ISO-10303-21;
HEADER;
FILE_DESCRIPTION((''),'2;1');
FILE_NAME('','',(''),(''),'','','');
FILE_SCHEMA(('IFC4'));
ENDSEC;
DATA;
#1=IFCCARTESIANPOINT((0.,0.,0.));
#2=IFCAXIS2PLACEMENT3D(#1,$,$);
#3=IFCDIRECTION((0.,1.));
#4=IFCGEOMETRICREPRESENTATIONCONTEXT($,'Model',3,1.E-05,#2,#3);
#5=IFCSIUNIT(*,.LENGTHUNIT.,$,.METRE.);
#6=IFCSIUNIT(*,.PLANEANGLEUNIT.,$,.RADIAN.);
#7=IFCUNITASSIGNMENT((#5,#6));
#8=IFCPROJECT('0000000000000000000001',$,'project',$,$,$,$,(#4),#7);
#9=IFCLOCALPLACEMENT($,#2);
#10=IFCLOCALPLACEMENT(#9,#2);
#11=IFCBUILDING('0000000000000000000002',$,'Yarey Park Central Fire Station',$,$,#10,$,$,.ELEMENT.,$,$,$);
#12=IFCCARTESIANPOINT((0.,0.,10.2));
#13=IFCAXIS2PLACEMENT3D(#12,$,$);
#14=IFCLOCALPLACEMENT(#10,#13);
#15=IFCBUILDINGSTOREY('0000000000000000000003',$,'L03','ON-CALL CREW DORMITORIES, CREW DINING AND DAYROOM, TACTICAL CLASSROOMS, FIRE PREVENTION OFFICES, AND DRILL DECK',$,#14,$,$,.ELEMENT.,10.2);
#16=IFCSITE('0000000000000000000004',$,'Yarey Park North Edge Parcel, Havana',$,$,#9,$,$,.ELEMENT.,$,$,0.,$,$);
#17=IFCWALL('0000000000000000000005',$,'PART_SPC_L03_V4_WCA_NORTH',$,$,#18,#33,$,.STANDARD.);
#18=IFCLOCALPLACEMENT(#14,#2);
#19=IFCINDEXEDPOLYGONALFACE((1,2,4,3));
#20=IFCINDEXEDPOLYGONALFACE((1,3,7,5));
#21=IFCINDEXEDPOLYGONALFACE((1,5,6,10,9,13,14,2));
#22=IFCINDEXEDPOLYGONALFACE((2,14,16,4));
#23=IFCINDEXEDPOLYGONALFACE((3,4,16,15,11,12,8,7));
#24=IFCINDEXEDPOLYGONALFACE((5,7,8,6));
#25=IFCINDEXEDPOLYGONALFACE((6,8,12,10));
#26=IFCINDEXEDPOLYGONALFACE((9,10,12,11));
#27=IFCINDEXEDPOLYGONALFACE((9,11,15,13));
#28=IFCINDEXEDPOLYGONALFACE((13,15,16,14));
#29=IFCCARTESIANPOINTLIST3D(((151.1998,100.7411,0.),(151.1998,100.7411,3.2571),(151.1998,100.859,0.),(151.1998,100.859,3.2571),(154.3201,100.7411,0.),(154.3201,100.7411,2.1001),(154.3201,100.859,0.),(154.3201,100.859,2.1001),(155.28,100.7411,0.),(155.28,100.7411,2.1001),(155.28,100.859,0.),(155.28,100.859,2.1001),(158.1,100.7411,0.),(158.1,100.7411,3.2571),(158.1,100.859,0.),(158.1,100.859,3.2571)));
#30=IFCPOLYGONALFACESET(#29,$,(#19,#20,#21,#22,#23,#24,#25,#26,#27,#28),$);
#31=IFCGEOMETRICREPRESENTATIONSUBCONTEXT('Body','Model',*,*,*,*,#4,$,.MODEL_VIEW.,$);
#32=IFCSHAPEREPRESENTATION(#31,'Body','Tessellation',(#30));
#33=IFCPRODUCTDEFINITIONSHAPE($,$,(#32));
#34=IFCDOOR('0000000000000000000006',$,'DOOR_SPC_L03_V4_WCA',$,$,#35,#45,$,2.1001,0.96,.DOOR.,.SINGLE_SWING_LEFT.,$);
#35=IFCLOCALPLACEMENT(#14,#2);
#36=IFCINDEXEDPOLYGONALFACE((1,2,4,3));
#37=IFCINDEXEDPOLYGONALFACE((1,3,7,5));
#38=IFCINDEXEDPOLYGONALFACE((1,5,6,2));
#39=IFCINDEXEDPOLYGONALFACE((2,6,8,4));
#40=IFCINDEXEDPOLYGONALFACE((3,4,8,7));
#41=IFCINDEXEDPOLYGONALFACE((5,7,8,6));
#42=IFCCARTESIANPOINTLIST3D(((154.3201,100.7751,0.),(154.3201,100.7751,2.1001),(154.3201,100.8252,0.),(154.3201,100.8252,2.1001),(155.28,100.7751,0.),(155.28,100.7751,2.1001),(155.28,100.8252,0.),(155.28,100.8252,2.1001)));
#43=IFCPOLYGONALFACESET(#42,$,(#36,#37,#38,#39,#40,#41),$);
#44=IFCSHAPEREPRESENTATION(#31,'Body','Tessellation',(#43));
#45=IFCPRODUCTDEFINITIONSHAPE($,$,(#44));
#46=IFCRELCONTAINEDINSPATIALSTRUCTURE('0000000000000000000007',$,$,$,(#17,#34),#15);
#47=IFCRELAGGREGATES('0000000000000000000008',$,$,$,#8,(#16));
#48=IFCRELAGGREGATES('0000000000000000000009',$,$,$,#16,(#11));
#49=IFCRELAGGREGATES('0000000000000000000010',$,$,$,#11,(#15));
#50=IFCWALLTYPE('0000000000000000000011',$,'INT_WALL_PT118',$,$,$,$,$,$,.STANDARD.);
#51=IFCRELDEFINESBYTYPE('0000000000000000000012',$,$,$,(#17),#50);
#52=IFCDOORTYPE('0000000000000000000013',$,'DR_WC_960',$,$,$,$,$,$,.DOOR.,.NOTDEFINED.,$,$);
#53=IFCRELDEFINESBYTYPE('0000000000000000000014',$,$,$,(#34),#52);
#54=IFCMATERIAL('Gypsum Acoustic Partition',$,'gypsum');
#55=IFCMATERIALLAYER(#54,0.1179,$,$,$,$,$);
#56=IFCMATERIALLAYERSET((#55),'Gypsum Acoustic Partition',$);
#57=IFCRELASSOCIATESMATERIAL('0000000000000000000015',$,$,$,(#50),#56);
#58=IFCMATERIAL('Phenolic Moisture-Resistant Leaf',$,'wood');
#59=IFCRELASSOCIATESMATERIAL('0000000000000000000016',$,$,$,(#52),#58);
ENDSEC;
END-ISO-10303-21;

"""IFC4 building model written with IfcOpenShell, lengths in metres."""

from ifc_helpers import new_model, si_unit, direction, frame, frame_2d, origin, place, context, subcontext, project, spatial, rectangle, extrude, material, layer, layer_set, type_object, element, fill, save


model = new_model("IFC4")

# Units and contexts
model_context = context("Model", 3, precision=1e-05, world=origin(), true_north=direction((0.0, 1.0)))
body_context = subcontext(model_context, "Body", "Model", "MODEL_VIEW")
ifc_project = project(units=[si_unit("LENGTHUNIT", "METRE"), si_unit("PLANEANGLEUNIT", "RADIAN")], contexts=[model_context])

# Site, building, storey
site_placement = place(None, origin())
site = spatial("IfcSite", under=ifc_project, at=site_placement, Name="Yarey Park North Edge Parcel, Havana", CompositionType="ELEMENT", RefElevation=0.0)
building_placement = place(site_placement, origin())
building = spatial("IfcBuilding", under=site, at=building_placement, Name="Yarey Park Central Fire Station", CompositionType="ELEMENT")
storey_placement = place(building_placement, frame((0.0, 0.0, 10.2)))
storey = spatial("IfcBuildingStorey", under=building, at=storey_placement, Name="L03", Description="ON-CALL CREW DORMITORIES, CREW DINING AND DAYROOM, TACTICAL CLASSROOMS, FIRE PREVENTION OFFICES, AND DRILL DECK", CompositionType="ELEMENT", Elevation=10.2)

# Wall, opening, door
ifc_material_1 = material(Name="Gypsum Acoustic Partition", Category="gypsum")
ifc_layer_1 = layer(ifc_material_1, 0.1179)
ifc_layer_set_1 = layer_set([ifc_layer_1], Name="Gypsum Acoustic Partition")
wall_type = type_object("IfcWallType", Name="INT_WALL_PT118", PredefinedType="STANDARD", material=ifc_layer_set_1)
wall_placement = place(storey_placement, frame((158.1001, 100.8, 0.0), z_axis=(0.0, 0.0, 1.0), x_axis=(-1.0, 0.0, 0.0)))
wall = element("IfcWall", 1, at=wall_placement, inside=storey, type_object=wall_type, Name="PART_SPC_L03_V4_WCA_NORTH", PredefinedType="STANDARD", context=body_context, shape_type="SweptSolid", body=[
    extrude(rectangle(XDim=6.9001, YDim=0.1179, at=frame_2d((3.4502, 0.0))), origin(), (0.0, 0.0, 1.0), 3.2571),
])
opening_placement = place(wall_placement, frame((2.8201, 0.0, 0.0)))
opening = element("IfcOpeningElement", 2, at=opening_placement, cuts=wall, PredefinedType="OPENING", context=body_context, shape_type="SweptSolid", body=[
    extrude(rectangle(XDim=0.96, YDim=2.1001, at=frame_2d((0.48, 1.05))), frame((0.0, 0.0688, 0.0), z_axis=(0.0, -1.0, 0.0), x_axis=(1.0, 0.0, 0.0)), (0.0, 0.0, 1.0), 0.1379),
])
ifc_material_2 = material(Name="Phenolic Moisture-Resistant Leaf", Category="wood")
door_type = type_object("IfcDoorType", Name="DR_WC_960", OperationType="NOTDEFINED", PredefinedType="DOOR", material=ifc_material_2)
door_placement = place(opening_placement, origin())
door = element("IfcDoor", 3, at=door_placement, inside=storey, type_object=door_type, Name="DOOR_SPC_L03_V4_WCA", OperationType="SINGLE_SWING_LEFT", OverallHeight=2.1001, OverallWidth=0.96, PredefinedType="DOOR", context=body_context, shape_type="SweptSolid", body=[
    extrude(rectangle(XDim=0.96, YDim=2.1001, at=frame_2d((0.48, 1.05))), frame((0.0, 0.0249, 0.0), z_axis=(0.0, -1.0, 0.0), x_axis=(1.0, 0.0, 0.0)), (0.0, 0.0, 1.0), 0.05),
])
fill(opening, door)

save(model, "model.ifc")
